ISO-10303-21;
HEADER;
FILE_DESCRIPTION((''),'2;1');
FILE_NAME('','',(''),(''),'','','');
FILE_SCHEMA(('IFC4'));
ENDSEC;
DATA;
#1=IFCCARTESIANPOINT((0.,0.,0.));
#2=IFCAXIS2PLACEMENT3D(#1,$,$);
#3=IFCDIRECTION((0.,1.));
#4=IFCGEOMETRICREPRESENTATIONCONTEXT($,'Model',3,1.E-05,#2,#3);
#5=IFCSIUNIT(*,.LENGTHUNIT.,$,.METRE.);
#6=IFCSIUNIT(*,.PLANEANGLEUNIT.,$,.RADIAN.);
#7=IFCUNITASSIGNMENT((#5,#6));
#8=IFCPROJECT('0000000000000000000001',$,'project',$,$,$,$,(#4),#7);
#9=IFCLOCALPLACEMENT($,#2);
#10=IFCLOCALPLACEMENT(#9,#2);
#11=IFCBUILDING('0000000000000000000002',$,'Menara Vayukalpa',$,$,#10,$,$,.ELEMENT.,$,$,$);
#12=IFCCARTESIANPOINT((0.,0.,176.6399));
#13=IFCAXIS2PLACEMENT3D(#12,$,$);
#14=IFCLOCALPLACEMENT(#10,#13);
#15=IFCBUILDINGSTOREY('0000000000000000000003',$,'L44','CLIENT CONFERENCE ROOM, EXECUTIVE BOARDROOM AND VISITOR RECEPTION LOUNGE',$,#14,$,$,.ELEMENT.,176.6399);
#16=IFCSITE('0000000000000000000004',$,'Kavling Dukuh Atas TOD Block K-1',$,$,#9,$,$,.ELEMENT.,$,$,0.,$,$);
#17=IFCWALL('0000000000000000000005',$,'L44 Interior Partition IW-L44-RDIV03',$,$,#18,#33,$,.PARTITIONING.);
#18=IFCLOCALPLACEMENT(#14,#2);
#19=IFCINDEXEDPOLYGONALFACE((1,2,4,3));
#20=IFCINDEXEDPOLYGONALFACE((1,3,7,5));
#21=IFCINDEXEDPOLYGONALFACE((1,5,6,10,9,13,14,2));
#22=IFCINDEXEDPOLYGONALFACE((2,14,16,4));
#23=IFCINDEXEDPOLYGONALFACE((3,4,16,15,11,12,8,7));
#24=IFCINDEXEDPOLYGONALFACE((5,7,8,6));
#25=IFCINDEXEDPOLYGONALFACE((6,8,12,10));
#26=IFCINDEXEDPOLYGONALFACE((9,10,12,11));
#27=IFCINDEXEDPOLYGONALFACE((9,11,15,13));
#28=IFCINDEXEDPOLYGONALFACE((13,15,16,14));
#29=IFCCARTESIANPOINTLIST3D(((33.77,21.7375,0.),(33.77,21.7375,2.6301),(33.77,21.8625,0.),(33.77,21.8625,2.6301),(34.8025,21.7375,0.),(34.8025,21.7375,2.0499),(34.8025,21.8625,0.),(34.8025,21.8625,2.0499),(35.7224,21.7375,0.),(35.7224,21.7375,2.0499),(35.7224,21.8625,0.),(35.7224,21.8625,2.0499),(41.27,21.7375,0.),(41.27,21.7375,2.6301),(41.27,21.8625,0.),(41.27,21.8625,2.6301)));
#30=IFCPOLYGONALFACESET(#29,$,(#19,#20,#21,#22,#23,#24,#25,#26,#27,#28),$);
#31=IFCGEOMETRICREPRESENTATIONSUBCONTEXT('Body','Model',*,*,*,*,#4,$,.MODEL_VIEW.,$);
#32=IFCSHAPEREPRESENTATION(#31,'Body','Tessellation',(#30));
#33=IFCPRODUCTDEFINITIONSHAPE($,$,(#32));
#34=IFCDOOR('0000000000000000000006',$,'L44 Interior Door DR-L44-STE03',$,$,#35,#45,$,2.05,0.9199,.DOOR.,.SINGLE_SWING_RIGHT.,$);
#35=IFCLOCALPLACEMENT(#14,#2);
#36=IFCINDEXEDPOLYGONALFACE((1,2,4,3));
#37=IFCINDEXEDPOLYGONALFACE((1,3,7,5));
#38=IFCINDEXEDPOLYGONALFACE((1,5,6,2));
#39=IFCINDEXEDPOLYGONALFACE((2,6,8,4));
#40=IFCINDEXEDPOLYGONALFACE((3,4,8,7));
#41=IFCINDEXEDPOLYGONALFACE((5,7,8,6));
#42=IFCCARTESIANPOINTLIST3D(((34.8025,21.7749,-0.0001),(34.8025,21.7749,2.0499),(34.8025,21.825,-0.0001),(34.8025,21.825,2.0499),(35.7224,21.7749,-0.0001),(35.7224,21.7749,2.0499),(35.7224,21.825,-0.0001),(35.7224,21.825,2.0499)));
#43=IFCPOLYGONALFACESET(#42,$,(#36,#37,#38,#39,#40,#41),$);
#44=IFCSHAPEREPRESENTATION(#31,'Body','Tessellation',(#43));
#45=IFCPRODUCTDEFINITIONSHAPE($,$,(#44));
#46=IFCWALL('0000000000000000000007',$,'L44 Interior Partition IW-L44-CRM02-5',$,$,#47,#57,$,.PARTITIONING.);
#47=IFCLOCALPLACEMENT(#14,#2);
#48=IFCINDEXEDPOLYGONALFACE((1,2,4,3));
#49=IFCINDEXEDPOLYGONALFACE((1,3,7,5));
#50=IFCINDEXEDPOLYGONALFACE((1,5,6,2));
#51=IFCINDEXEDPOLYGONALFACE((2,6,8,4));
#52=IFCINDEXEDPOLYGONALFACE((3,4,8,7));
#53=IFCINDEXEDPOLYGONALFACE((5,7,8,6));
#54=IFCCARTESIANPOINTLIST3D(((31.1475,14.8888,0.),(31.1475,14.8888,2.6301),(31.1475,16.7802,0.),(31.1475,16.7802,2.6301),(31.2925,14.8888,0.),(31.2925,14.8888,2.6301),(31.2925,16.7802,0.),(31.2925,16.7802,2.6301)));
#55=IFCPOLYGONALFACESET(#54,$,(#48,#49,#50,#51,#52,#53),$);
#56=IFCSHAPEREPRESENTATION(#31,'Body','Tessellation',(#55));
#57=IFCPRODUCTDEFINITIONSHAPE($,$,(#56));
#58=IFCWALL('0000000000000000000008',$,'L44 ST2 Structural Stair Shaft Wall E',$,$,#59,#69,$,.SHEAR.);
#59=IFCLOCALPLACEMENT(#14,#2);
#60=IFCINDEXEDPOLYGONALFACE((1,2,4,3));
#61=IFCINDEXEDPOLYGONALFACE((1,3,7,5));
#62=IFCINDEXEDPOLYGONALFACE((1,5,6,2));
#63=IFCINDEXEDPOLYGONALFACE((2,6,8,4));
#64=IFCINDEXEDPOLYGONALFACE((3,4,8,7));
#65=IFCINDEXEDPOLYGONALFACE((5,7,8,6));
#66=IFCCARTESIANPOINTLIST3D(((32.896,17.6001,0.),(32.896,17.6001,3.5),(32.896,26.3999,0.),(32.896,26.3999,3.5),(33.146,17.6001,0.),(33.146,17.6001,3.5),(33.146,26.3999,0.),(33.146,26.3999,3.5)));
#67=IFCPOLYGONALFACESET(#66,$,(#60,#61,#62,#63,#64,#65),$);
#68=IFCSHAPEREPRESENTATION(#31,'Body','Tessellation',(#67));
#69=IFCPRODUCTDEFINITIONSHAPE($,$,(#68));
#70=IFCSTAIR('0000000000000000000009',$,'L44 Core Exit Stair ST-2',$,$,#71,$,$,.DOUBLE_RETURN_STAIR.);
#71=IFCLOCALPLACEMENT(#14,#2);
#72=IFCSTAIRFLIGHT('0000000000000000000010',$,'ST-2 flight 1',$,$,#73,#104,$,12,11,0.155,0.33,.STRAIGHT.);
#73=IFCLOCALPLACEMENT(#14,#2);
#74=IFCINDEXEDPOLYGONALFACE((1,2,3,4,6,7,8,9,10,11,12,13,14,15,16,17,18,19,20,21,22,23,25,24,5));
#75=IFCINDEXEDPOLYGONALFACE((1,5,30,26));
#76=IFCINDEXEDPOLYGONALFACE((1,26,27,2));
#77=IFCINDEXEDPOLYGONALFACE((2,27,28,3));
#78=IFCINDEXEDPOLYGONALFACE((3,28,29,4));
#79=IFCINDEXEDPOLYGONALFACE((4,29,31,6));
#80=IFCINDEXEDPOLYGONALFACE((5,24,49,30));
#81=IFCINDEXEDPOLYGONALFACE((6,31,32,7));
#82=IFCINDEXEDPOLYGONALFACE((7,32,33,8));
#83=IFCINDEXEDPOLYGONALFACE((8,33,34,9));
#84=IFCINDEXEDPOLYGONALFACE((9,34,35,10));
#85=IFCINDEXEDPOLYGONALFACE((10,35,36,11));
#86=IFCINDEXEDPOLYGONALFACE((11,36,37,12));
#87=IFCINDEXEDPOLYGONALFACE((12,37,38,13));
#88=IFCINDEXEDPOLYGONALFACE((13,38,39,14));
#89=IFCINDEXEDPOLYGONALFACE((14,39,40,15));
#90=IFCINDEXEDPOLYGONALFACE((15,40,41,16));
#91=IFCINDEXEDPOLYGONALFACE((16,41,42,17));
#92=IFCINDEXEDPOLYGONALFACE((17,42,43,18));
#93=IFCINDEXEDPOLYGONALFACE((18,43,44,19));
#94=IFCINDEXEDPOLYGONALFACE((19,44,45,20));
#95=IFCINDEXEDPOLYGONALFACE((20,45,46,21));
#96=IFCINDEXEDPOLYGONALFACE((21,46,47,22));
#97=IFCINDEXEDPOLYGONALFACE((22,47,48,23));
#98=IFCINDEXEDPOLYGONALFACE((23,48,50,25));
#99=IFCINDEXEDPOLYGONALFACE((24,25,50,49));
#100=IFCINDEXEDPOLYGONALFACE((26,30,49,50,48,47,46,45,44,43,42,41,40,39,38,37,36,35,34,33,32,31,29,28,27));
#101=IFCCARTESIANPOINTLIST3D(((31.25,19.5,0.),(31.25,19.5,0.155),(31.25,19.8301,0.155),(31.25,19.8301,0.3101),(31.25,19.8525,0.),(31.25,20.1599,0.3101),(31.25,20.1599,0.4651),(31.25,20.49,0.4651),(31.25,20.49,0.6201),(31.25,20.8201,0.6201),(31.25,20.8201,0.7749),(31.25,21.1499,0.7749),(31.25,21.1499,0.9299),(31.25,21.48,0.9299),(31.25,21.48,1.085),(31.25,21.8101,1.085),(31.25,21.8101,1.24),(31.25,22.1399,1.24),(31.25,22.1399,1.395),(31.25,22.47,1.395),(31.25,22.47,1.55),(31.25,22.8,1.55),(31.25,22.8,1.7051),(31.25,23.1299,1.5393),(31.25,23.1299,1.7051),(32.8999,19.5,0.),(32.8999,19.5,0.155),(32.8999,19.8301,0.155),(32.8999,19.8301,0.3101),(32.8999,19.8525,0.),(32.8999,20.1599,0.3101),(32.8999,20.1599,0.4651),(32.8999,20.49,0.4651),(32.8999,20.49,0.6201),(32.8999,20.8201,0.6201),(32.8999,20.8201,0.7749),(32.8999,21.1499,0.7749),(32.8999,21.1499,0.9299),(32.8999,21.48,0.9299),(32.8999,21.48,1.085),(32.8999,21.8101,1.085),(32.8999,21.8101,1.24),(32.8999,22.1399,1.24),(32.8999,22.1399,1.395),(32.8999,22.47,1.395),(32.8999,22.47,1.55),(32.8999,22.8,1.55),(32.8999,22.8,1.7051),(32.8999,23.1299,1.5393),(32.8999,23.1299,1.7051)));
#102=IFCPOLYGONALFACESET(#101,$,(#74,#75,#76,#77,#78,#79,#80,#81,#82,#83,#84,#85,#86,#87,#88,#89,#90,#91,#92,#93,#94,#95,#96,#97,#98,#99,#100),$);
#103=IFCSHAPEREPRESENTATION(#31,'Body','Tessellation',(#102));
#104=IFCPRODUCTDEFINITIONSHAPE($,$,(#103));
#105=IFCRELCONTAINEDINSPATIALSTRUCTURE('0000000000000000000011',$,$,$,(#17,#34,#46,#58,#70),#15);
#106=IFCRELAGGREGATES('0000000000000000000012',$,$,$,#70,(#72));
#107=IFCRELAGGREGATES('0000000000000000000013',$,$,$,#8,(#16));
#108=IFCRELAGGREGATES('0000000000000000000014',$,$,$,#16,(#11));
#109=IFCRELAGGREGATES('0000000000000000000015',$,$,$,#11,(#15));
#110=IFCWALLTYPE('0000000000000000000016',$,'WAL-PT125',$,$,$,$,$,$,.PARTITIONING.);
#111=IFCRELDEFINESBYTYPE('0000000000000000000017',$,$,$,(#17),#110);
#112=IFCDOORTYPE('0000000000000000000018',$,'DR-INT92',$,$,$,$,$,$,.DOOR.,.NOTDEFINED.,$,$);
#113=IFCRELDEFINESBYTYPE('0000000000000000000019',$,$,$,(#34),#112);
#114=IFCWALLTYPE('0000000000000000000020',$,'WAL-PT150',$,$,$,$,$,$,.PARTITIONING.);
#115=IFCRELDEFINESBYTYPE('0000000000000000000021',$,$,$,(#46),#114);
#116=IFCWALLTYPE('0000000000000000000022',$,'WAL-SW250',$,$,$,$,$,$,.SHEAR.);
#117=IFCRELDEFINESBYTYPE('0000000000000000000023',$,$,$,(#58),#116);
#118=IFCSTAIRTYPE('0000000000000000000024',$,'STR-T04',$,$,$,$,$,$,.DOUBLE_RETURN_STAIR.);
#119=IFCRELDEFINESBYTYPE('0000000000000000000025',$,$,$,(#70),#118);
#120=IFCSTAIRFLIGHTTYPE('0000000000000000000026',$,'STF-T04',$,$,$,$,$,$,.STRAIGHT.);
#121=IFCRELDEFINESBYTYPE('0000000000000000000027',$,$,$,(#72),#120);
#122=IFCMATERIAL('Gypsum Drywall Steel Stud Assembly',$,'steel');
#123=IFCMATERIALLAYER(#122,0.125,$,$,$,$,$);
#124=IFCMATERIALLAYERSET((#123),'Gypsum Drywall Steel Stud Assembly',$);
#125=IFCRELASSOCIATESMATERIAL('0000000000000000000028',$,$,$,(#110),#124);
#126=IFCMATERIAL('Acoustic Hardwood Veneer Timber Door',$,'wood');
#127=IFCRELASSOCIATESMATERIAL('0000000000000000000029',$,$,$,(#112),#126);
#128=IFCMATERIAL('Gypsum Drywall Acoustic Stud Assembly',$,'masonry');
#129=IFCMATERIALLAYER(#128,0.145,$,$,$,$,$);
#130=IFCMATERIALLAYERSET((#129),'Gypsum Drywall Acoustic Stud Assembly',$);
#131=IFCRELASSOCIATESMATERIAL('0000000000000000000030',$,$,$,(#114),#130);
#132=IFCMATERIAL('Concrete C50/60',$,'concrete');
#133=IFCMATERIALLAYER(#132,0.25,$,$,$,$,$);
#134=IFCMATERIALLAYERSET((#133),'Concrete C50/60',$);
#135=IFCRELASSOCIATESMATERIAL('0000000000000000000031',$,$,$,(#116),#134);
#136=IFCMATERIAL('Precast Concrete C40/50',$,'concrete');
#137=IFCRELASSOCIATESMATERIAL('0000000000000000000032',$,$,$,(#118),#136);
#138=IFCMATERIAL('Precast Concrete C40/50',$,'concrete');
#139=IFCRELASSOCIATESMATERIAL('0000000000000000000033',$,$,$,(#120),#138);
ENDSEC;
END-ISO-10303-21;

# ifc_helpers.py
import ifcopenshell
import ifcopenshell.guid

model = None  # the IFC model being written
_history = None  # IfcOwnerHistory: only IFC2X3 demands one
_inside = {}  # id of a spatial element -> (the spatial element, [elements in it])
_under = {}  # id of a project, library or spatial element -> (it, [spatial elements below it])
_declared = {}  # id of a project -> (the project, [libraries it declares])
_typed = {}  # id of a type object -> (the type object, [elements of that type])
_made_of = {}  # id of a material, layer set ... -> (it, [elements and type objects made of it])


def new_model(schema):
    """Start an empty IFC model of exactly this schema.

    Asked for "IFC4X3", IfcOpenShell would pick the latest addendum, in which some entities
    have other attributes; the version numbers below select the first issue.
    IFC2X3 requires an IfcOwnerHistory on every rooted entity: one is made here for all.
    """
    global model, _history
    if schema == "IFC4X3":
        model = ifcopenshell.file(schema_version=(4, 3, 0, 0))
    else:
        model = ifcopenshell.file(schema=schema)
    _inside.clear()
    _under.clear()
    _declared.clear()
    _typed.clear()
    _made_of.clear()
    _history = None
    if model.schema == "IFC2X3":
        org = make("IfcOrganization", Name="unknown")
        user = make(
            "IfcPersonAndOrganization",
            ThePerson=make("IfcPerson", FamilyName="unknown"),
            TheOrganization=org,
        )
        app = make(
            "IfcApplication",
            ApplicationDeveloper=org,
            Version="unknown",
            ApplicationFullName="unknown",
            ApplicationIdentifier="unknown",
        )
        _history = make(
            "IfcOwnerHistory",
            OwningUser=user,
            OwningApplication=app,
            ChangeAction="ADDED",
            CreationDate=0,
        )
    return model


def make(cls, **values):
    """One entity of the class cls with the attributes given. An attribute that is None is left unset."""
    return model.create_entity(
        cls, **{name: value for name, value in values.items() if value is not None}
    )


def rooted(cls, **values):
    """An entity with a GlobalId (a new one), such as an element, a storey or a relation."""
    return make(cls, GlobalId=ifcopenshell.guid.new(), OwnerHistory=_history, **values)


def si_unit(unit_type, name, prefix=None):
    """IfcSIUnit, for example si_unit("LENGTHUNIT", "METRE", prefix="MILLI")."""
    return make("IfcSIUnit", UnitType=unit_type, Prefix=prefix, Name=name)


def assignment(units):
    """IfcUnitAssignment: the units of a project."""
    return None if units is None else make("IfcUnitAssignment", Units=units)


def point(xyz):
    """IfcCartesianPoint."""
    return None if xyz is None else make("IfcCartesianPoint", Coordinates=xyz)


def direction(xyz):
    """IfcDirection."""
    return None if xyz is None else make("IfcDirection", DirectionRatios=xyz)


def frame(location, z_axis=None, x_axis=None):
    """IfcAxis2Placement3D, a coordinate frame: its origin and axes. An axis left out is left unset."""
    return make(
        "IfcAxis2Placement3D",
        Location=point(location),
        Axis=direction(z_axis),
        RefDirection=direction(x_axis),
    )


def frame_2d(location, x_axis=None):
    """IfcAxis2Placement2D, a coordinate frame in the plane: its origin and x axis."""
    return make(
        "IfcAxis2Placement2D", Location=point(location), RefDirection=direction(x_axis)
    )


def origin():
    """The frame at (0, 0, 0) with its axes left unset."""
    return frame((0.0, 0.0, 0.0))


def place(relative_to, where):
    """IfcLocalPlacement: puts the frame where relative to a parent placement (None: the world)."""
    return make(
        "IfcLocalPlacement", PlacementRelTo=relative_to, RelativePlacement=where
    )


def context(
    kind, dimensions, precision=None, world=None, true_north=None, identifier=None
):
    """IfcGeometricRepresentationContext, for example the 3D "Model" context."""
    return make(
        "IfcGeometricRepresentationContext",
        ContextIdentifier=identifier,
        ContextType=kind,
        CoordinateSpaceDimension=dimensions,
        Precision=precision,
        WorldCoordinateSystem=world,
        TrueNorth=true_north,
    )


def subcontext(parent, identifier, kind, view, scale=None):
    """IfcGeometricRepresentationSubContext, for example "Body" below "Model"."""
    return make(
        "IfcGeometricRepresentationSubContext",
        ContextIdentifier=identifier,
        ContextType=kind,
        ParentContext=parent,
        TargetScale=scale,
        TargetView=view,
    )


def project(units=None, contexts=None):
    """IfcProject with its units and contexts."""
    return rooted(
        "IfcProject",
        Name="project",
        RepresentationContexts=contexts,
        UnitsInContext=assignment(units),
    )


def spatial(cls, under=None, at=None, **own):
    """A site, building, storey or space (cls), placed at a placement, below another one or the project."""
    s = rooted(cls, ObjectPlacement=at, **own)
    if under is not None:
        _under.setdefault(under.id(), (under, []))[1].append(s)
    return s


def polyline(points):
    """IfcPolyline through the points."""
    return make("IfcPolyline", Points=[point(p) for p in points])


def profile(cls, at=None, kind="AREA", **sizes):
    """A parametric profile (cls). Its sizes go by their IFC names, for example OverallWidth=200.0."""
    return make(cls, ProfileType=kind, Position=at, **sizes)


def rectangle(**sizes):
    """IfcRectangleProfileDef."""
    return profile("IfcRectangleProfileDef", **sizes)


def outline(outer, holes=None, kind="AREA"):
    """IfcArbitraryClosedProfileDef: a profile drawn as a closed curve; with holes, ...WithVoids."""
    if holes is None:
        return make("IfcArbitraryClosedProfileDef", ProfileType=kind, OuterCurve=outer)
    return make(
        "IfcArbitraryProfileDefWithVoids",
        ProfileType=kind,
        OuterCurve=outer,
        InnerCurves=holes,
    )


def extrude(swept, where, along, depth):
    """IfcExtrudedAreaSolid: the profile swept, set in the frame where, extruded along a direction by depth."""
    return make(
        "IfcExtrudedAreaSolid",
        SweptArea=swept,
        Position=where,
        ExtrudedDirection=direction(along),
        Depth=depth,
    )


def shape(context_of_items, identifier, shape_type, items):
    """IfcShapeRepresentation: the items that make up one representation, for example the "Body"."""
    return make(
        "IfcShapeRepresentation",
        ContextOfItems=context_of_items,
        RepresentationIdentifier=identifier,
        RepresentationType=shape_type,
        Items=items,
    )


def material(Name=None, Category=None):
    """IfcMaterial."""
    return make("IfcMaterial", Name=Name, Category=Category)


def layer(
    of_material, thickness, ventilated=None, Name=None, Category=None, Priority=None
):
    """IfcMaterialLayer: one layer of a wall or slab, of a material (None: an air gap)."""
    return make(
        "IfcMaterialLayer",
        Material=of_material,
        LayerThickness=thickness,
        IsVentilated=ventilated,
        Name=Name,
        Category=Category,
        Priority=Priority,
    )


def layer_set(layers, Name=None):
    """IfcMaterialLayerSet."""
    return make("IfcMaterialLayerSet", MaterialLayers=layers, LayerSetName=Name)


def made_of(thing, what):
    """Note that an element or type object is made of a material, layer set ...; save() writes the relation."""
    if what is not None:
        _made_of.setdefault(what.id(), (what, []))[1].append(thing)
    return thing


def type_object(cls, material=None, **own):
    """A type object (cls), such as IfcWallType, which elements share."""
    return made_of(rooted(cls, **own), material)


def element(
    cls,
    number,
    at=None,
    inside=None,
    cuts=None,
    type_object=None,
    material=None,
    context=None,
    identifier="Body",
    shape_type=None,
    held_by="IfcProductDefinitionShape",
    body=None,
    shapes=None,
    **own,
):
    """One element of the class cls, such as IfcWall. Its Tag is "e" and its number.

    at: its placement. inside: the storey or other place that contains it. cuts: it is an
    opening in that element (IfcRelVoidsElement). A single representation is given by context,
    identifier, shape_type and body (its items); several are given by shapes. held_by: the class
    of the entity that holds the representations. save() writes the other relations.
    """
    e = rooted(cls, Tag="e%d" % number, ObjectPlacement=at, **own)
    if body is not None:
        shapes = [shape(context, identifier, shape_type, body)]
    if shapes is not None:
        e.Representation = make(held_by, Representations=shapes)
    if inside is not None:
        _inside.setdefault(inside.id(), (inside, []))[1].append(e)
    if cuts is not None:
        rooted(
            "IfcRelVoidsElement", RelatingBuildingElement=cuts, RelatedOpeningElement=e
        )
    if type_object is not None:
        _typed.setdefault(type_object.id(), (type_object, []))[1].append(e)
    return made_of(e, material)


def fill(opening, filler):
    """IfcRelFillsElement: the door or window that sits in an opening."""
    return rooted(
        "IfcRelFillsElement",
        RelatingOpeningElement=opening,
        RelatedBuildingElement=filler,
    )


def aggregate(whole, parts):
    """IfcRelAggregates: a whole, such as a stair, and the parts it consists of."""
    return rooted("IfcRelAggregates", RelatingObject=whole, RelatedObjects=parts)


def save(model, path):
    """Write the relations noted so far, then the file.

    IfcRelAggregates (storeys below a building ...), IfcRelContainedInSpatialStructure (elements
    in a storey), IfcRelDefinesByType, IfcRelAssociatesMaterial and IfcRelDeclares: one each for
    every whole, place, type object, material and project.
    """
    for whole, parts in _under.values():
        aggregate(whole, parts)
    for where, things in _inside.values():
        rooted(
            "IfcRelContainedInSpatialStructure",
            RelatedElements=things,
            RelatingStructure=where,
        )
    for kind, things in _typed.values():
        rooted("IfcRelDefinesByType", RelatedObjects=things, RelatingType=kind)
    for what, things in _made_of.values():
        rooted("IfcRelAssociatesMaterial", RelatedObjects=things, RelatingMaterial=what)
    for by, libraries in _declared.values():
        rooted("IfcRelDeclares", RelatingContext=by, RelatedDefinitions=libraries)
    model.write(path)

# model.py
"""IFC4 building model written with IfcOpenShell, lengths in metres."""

from ifc_helpers import new_model, si_unit, direction, frame, frame_2d, origin, place, context, subcontext, project, spatial, polyline, rectangle, outline, extrude, material, layer, layer_set, type_object, element, fill, aggregate, save


model = new_model("IFC4")

# Units and contexts
model_context = context("Model", 3, precision=1e-05, world=origin(), true_north=direction((0.0, 1.0)))
body_context = subcontext(model_context, "Body", "Model", "MODEL_VIEW")
ifc_project = project(units=[si_unit("LENGTHUNIT", "METRE"), si_unit("PLANEANGLEUNIT", "RADIAN")], contexts=[model_context])

# Site, building, storey
site_placement = place(None, origin())
site = spatial("IfcSite", under=ifc_project, at=site_placement, Name="Kavling Dukuh Atas TOD Block K-1", CompositionType="ELEMENT", RefElevation=0.0)
building_placement = place(site_placement, origin())
building = spatial("IfcBuilding", under=site, at=building_placement, Name="Menara Vayukalpa", CompositionType="ELEMENT")
storey_placement = place(building_placement, frame((0.0, 0.0, 176.6399)))
storey = spatial("IfcBuildingStorey", under=building, at=storey_placement, Name="L44", Description="CLIENT CONFERENCE ROOM, EXECUTIVE BOARDROOM AND VISITOR RECEPTION LOUNGE", CompositionType="ELEMENT", Elevation=176.6399)

# Wall, opening, door
ifc_material_1 = material(Name="Gypsum Drywall Steel Stud Assembly", Category="steel")
ifc_layer_1 = layer(ifc_material_1, 0.125)
ifc_layer_set_1 = layer_set([ifc_layer_1], Name="Gypsum Drywall Steel Stud Assembly")
wall_type_1 = type_object("IfcWallType", Name="WAL-PT125", PredefinedType="PARTITIONING", material=ifc_layer_set_1)
wall_1_placement = place(storey_placement, frame((33.77, 21.8, 0.0), z_axis=(0.0, 0.0, 1.0), x_axis=(1.0, 0.0, 0.0)))
wall_1 = element("IfcWall", 1, at=wall_1_placement, inside=storey, type_object=wall_type_1, Name="L44 Interior Partition IW-L44-RDIV03", PredefinedType="PARTITIONING", context=body_context, shape_type="SweptSolid", body=[
    extrude(rectangle(XDim=7.5, YDim=0.125, at=frame_2d((3.75, 0.0))), origin(), (0.0, 0.0, 1.0), 2.6301),
])
opening_placement = place(wall_1_placement, frame((1.0325, 0.0, 0.0)))
opening = element("IfcOpeningElement", 2, at=opening_placement, cuts=wall_1, PredefinedType="OPENING", context=body_context, shape_type="SweptSolid", body=[
    extrude(rectangle(XDim=0.9199, YDim=2.05, at=frame_2d((0.46, 1.0249))), frame((0.0, 0.0725, 0.0), z_axis=(0.0, -1.0, 0.0), x_axis=(1.0, 0.0, 0.0)), (0.0, 0.0, 1.0), 0.145),
])
ifc_material_2 = material(Name="Acoustic Hardwood Veneer Timber Door", Category="wood")
door_type = type_object("IfcDoorType", Name="DR-INT92", OperationType="NOTDEFINED", PredefinedType="DOOR", material=ifc_material_2)
door_placement = place(opening_placement, origin())
door = element("IfcDoor", 3, at=door_placement, inside=storey, type_object=door_type, Name="L44 Interior Door DR-L44-STE03", OperationType="SINGLE_SWING_RIGHT", OverallHeight=2.05, OverallWidth=0.9199, PredefinedType="DOOR", context=body_context, shape_type="SweptSolid", body=[
    extrude(rectangle(XDim=0.9199, YDim=2.05, at=frame_2d((0.46, 1.0249))), frame((0.0, 0.0249, 0.0), z_axis=(0.0, -1.0, 0.0), x_axis=(1.0, 0.0, 0.0)), (0.0, 0.0, 1.0), 0.05),
])
fill(opening, door)

# Walls
ifc_material_3 = material(Name="Gypsum Drywall Acoustic Stud Assembly", Category="masonry")
ifc_layer_2 = layer(ifc_material_3, 0.145)
ifc_layer_set_2 = layer_set([ifc_layer_2], Name="Gypsum Drywall Acoustic Stud Assembly")
wall_type_2 = type_object("IfcWallType", Name="WAL-PT150", PredefinedType="PARTITIONING", material=ifc_layer_set_2)
wall_2_placement = place(storey_placement, frame((31.22, 14.8887, 0.0), z_axis=(0.0, 0.0, 1.0), x_axis=(0.0, 1.0, 0.0)))
element("IfcWall", 4, at=wall_2_placement, inside=storey, type_object=wall_type_2, Name="L44 Interior Partition IW-L44-CRM02-5", PredefinedType="PARTITIONING", context=body_context, shape_type="SweptSolid", body=[
    extrude(rectangle(XDim=1.8914, YDim=0.145, at=frame_2d((0.9458, 0.0))), origin(), (0.0, 0.0, 1.0), 2.6301),
])
ifc_material_4 = material(Name="Concrete C50/60", Category="concrete")
ifc_layer_3 = layer(ifc_material_4, 0.25)
ifc_layer_set_3 = layer_set([ifc_layer_3], Name="Concrete C50/60")
wall_type_3 = type_object("IfcWallType", Name="WAL-SW250", PredefinedType="SHEAR", material=ifc_layer_set_3)
wall_3_placement = place(storey_placement, frame((33.021, 17.6001, 0.0), z_axis=(0.0, 0.0, 1.0), x_axis=(0.0, 1.0, 0.0)))
element("IfcWall", 5, at=wall_3_placement, inside=storey, type_object=wall_type_3, Name="L44 ST2 Structural Stair Shaft Wall E", PredefinedType="SHEAR", context=body_context, shape_type="SweptSolid", body=[
    extrude(rectangle(XDim=8.7998, YDim=0.25, at=frame_2d((4.3999, 0.0))), origin(), (0.0, 0.0, 1.0), 3.5),
])

# Stair, stair flight
ifc_material_5 = material(Name="Precast Concrete C40/50", Category="concrete")
stair_type = type_object("IfcStairType", Name="STR-T04", PredefinedType="DOUBLE_RETURN_STAIR", material=ifc_material_5)
stair_placement = place(storey_placement, origin())
stair = element("IfcStair", 6, at=stair_placement, inside=storey, type_object=stair_type, Name="L44 Core Exit Stair ST-2", PredefinedType="DOUBLE_RETURN_STAIR")
ifc_material_6 = material(Name="Precast Concrete C40/50", Category="concrete")
stair_flight_type = type_object("IfcStairFlightType", Name="STF-T04", PredefinedType="STRAIGHT", material=ifc_material_6)
stair_flight_placement = place(storey_placement, frame((32.075, 19.5, 0.0), z_axis=(0.0, 0.0, 1.0), x_axis=(0.0, 1.0, 0.0)))
stair_flight = element("IfcStairFlight", 7, at=stair_flight_placement, type_object=stair_flight_type, Name="ST-2 flight 1", NumberOfRisers=12, NumberOfTreads=11, PredefinedType="STRAIGHT", RiserHeight=0.155, TreadLength=0.33, context=body_context, shape_type="SweptSolid", body=[
    extrude(outline(polyline([(0.0, 0.0), (0.0, 0.155), (0.3301, 0.155), (0.3301, 0.3101), (0.6599, 0.3101), (0.6599, 0.4651), (0.99, 0.4651), (0.99, 0.6201), (1.3201, 0.6201), (1.3201, 0.7749), (1.6499, 0.7749), (1.6499, 0.9299), (1.98, 0.9299), (1.98, 1.085), (2.3101, 1.085), (2.3101, 1.24), (2.6399, 1.24), (2.6399, 1.395), (2.97, 1.395), (2.97, 1.55), (3.3, 1.55), (3.3, 1.7051), (3.6299, 1.7051), (3.6299, 1.8601), (3.6299, 1.5393), (0.3525, 0.0), (0.0, 0.0)])), frame((0.0, 0.825, 0.0), z_axis=(0.0, -1.0, 0.0), x_axis=(1.0, 0.0, 0.0)), (0.0, 0.0, 1.0), 1.6499),
])
aggregate(stair, [stair_flight])

save(model, "model.ifc")
